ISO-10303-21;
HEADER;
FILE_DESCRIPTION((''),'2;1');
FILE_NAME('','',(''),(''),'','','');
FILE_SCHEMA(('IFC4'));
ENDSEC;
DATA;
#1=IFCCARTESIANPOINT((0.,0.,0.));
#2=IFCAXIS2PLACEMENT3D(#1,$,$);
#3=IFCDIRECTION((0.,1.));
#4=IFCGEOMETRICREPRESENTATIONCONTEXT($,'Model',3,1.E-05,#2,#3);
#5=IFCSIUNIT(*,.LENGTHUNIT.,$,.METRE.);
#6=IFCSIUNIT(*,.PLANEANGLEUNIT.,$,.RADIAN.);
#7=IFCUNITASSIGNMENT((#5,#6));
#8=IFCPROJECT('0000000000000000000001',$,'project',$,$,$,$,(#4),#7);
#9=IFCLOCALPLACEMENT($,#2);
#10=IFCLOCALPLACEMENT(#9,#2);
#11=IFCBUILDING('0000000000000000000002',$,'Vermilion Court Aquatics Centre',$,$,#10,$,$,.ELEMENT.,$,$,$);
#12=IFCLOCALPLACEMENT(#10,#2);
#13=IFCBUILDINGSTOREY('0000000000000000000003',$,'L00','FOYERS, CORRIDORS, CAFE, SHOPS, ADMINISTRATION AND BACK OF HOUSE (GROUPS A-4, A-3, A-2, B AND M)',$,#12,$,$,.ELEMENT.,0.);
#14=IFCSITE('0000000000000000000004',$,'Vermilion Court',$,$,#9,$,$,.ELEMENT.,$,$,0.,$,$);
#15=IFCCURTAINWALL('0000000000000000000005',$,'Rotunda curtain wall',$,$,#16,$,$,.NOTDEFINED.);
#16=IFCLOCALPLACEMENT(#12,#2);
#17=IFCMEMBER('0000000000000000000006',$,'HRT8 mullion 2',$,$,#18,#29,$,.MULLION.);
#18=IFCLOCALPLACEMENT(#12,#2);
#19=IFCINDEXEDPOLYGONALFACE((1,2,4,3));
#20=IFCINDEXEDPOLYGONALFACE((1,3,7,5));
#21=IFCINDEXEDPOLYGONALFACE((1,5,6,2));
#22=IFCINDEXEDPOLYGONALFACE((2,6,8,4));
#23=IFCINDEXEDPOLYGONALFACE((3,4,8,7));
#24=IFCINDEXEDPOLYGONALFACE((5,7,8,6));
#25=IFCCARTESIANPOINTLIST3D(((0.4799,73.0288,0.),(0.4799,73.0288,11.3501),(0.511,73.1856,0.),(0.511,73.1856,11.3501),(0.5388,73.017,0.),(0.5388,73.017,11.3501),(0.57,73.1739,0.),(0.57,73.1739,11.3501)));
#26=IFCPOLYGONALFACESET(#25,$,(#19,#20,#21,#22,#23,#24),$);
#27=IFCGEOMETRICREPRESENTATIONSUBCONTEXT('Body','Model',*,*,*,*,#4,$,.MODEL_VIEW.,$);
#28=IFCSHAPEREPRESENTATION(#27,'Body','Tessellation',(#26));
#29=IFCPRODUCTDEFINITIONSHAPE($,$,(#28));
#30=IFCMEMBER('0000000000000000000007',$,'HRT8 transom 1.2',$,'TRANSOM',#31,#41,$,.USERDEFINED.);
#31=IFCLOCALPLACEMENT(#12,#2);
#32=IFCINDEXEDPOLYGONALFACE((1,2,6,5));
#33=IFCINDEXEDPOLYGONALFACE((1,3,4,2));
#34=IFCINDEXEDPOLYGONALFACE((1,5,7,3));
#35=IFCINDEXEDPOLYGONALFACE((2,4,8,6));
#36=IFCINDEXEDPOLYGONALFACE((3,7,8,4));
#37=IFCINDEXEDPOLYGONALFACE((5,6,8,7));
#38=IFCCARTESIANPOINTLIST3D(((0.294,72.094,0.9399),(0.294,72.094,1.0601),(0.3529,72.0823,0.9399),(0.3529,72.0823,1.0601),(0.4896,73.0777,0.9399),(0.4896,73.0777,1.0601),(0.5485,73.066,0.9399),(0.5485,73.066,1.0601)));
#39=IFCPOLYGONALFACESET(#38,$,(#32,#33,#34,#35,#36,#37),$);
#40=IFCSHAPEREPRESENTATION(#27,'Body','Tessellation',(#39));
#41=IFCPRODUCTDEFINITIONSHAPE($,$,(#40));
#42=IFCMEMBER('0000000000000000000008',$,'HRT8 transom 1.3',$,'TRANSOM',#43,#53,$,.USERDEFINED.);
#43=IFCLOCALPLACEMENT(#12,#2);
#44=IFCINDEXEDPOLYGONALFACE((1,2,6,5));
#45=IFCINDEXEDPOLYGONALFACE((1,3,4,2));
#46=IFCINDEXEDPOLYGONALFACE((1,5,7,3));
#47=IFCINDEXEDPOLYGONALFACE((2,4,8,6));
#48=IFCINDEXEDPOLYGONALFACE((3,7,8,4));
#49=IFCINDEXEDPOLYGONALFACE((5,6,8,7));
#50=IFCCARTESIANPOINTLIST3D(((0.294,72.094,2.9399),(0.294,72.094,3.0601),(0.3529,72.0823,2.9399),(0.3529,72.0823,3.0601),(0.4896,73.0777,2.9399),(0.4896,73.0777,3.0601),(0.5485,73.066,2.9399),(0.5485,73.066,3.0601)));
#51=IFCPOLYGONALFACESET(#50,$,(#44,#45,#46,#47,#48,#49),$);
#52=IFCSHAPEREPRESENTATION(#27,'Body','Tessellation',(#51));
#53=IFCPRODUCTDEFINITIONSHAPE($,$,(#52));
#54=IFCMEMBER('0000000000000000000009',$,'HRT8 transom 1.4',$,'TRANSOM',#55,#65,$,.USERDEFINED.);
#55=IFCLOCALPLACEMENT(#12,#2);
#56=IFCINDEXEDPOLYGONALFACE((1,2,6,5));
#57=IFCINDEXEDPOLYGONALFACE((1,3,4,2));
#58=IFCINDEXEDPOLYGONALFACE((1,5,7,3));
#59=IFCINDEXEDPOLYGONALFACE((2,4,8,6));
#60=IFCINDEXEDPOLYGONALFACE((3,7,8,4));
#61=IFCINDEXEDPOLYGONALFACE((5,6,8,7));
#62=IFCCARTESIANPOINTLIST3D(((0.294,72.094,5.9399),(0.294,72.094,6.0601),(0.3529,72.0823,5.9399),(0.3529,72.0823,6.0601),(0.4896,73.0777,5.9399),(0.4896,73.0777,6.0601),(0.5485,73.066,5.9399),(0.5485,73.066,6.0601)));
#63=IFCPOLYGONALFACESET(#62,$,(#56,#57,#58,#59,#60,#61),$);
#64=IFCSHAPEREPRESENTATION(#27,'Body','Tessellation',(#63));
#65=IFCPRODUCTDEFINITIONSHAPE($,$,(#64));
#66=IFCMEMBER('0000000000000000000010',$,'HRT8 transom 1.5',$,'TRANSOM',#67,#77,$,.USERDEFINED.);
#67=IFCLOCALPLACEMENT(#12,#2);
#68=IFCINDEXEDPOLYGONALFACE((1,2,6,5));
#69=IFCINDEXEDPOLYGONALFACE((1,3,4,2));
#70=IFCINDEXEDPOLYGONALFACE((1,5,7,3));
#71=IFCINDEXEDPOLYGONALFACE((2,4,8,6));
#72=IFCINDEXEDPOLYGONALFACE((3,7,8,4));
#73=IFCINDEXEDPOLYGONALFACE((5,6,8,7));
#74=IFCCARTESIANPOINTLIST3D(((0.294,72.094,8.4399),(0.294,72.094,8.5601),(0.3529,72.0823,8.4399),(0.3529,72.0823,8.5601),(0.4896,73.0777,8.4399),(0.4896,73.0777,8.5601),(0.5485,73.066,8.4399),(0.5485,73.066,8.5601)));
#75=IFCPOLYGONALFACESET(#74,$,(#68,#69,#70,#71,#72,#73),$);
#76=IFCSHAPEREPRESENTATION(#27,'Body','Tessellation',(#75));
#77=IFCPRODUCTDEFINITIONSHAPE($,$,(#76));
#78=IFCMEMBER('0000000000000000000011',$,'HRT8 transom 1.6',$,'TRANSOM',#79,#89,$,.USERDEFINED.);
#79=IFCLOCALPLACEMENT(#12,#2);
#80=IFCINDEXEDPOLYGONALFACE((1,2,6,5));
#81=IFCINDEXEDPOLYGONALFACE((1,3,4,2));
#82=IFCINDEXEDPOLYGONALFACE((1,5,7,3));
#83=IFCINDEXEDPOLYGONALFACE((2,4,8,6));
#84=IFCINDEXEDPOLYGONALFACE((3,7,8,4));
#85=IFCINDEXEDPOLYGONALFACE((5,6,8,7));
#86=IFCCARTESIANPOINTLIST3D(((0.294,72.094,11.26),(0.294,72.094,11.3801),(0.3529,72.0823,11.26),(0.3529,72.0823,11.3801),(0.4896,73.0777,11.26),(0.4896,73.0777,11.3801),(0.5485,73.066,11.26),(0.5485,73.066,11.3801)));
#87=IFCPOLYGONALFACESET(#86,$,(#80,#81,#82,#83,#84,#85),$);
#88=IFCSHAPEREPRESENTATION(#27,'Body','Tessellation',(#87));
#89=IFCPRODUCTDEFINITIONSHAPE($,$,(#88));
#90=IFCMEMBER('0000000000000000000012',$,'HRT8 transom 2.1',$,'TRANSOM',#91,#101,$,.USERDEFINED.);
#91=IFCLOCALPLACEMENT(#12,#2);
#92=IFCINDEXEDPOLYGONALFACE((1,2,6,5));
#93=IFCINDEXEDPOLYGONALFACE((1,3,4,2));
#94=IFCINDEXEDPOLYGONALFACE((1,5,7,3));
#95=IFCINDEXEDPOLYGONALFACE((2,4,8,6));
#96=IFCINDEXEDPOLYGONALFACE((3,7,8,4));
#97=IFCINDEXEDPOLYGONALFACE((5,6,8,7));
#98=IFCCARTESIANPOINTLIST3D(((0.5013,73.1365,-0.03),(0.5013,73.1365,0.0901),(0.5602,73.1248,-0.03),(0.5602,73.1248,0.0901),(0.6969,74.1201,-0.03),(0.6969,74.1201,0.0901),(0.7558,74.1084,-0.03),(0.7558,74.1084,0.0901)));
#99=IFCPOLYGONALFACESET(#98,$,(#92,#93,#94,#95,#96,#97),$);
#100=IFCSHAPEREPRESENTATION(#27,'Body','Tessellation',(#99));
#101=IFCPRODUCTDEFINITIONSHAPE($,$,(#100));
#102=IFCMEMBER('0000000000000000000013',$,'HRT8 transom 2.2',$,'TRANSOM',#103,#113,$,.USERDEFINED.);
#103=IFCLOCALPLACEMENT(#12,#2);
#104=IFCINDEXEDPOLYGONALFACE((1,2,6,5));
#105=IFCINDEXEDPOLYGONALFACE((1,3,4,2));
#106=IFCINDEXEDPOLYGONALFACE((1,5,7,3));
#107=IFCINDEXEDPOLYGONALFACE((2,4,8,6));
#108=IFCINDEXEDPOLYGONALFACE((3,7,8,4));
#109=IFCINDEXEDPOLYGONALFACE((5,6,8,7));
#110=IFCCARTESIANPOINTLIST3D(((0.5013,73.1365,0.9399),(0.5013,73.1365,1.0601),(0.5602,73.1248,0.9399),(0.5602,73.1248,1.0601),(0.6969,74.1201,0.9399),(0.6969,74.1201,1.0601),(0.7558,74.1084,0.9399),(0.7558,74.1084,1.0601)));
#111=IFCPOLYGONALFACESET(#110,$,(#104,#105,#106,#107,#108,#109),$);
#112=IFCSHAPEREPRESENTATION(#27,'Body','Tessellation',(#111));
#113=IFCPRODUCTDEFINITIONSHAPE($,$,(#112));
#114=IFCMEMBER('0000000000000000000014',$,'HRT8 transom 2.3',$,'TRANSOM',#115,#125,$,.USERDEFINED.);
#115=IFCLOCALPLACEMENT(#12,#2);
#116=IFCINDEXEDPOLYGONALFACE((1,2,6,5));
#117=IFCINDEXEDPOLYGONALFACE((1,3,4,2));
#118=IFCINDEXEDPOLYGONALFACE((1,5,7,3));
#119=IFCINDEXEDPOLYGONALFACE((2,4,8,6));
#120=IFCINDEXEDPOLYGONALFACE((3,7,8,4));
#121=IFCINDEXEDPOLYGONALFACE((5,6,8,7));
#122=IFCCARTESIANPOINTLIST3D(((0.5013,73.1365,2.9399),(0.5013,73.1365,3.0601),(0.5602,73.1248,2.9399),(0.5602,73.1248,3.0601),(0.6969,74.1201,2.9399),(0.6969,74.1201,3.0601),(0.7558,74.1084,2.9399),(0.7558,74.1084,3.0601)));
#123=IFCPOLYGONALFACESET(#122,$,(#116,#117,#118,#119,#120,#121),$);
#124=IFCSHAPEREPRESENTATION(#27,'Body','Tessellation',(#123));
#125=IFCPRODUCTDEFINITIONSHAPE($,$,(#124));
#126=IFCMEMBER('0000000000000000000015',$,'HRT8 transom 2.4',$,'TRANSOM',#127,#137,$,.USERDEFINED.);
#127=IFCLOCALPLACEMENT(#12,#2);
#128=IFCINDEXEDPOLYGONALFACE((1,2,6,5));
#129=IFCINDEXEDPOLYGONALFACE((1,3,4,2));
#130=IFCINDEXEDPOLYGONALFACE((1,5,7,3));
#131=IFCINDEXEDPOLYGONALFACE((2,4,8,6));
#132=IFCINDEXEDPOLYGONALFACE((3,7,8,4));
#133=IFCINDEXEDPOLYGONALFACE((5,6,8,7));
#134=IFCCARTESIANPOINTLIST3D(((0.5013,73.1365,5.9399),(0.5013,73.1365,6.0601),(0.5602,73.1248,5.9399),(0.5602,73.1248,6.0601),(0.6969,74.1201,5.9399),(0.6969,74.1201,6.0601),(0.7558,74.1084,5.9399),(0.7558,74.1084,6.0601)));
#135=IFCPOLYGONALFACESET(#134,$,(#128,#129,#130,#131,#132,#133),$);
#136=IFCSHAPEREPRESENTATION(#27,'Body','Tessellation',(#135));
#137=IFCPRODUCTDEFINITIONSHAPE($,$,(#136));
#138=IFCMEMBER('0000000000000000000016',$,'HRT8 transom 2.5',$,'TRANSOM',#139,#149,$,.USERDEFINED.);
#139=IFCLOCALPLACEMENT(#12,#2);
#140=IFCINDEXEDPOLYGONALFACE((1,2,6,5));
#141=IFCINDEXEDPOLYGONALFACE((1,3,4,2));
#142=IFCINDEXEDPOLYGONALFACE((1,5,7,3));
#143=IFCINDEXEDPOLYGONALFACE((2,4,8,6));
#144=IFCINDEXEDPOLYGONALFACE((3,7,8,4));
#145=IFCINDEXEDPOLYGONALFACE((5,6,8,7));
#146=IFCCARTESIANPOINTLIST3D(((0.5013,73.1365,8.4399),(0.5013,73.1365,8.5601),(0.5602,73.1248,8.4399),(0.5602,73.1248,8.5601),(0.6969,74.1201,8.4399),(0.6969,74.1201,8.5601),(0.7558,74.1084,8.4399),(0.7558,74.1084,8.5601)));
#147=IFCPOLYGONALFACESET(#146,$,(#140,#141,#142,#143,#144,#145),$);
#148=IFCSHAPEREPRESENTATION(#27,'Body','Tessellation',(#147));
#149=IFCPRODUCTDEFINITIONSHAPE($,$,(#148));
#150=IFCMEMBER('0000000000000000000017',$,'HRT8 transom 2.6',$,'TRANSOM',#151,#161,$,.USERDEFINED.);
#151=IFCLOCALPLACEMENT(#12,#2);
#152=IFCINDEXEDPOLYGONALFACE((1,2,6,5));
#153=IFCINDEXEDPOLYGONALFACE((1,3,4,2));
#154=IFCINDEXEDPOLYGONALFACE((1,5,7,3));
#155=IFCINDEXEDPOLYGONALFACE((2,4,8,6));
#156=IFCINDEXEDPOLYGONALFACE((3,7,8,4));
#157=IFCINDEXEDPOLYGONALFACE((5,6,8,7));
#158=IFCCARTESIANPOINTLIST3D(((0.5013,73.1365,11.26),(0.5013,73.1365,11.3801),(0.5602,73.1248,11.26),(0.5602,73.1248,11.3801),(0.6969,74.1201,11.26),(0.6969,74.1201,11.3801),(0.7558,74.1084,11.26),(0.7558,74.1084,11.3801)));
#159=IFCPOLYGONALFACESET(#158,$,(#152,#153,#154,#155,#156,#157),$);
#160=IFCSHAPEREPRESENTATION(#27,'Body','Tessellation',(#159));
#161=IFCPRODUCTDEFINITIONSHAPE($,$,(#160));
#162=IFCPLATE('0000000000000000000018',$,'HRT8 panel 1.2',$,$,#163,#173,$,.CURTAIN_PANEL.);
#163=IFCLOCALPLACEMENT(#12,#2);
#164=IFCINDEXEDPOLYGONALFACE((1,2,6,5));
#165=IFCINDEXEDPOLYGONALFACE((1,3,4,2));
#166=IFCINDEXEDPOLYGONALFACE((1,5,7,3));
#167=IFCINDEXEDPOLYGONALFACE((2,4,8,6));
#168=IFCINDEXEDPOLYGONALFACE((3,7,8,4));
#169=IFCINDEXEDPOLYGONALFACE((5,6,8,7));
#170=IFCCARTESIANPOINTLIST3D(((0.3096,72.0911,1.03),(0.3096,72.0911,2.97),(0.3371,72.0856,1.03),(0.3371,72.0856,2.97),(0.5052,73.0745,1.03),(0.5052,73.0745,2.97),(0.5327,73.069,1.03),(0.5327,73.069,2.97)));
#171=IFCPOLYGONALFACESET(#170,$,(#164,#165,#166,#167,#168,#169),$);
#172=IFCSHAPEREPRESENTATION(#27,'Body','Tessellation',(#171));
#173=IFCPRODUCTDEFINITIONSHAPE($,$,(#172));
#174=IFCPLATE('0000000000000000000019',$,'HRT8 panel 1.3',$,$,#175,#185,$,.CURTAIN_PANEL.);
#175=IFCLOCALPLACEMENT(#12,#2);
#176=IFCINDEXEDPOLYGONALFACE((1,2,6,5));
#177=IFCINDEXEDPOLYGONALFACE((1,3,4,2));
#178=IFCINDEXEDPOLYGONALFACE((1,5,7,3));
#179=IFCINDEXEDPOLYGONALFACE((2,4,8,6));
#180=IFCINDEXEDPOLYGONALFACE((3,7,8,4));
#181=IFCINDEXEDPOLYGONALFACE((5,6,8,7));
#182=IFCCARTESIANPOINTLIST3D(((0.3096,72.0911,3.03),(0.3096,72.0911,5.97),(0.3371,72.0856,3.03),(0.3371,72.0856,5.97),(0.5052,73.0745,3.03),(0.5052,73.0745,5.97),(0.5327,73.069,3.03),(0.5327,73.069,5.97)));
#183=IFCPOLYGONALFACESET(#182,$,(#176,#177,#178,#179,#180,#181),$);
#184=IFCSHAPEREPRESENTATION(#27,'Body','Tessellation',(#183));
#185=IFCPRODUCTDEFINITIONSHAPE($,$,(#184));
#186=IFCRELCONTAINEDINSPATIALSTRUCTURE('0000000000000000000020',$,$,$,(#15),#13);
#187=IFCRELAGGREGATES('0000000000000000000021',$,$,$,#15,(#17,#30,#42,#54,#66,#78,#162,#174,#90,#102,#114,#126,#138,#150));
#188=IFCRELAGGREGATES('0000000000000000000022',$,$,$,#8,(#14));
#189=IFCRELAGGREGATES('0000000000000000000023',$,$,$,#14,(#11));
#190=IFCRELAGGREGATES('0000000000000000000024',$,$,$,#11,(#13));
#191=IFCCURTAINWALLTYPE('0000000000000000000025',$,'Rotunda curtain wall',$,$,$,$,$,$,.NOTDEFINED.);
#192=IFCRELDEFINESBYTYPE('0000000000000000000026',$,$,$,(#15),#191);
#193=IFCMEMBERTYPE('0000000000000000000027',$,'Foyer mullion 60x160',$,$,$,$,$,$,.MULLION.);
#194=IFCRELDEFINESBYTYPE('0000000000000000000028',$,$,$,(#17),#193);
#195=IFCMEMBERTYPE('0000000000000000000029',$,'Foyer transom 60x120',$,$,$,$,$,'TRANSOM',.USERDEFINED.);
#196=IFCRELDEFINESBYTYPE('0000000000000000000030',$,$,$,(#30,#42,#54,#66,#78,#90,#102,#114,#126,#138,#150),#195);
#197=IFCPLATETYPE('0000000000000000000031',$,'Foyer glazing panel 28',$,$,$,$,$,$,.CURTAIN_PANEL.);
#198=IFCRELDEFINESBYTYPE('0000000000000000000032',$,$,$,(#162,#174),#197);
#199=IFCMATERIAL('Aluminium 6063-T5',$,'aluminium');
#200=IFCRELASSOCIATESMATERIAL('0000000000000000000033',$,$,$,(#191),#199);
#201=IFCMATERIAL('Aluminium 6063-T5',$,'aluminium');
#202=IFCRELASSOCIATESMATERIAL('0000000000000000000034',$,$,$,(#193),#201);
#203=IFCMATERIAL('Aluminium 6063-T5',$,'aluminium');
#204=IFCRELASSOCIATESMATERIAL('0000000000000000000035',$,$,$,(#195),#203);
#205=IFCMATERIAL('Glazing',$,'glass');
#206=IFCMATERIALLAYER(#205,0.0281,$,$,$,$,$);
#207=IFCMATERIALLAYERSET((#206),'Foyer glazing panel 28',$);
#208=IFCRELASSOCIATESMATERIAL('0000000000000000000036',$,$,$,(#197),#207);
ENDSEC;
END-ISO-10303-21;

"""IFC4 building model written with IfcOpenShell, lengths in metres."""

from ifc_helpers import new_model, si_unit, direction, frame, origin, origin_2d, place, context, subcontext, project, spatial, rectangle, extrude, material, layer, layer_set, material_profile, profile_set, type_object, element, aggregate, save


model = new_model("IFC4")

# Units and contexts
model_context = context("Model", 3, precision=1e-05, world=origin(), true_north=direction((0.0, 1.0)))
body_context = subcontext(model_context, "Body", "Model", "MODEL_VIEW")
ifc_project = project(units=[si_unit("LENGTHUNIT", "METRE"), si_unit("PLANEANGLEUNIT", "RADIAN")], contexts=[model_context])

# Site, building, storey
site_placement = place(None, origin())
site = spatial("IfcSite", under=ifc_project, at=site_placement, Name="Vermilion Court", CompositionType="ELEMENT", RefElevation=0.0)
building_placement = place(site_placement, origin())
building = spatial("IfcBuilding", under=site, at=building_placement, Name="Vermilion Court Aquatics Centre", CompositionType="ELEMENT")
storey_placement = place(building_placement, origin())
storey = spatial("IfcBuildingStorey", under=building, at=storey_placement, Name="L00", Description="FOYERS, CORRIDORS, CAFE, SHOPS, ADMINISTRATION AND BACK OF HOUSE (GROUPS A-4, A-3, A-2, B AND M)", CompositionType="ELEMENT", Elevation=0.0)

# Curtain wall, members, plates
ifc_material_1 = material(Name="Aluminium 6063-T5", Category="aluminium")
curtain_wall_type = type_object("IfcCurtainWallType", Name="Rotunda curtain wall", PredefinedType="NOTDEFINED", material=ifc_material_1)
curtain_wall_placement = place(storey_placement, origin())
curtain_wall = element("IfcCurtainWall", 1, at=curtain_wall_placement, inside=storey, type_object=curtain_wall_type, Name="Rotunda curtain wall", PredefinedType="NOTDEFINED")
ifc_material_2 = material(Name="Aluminium 6063-T5", Category="aluminium")
ifc_material_profile_1 = material_profile(ifc_material_2, rectangle(XDim=0.0601, YDim=0.1599, at=origin_2d()), Name="Aluminium 60x160")
ifc_profile_set_1 = profile_set([ifc_material_profile_1], Name="Aluminium 6063-T5")
member_type_1 = type_object("IfcMemberType", Name="Foyer mullion 60x160", PredefinedType="MULLION", material=ifc_profile_set_1)
member_1_placement = place(storey_placement, frame((0.5249, 73.1013, 0.0), z_axis=(0.0, 0.0, 1.0), x_axis=(-0.980784, 0.195095, 0.0)))
member_1 = element("IfcMember", 2, at=member_1_placement, type_object=member_type_1, Name="HRT8 mullion 2", PredefinedType="MULLION", context=body_context, shape_type="SweptSolid", body=[
    extrude(rectangle(XDim=0.0601, YDim=0.1599, at=origin_2d()), origin(), (0.0, 0.0, 1.0), 11.3501),
])
ifc_material_3 = material(Name="Aluminium 6063-T5", Category="aluminium")
ifc_material_profile_2 = material_profile(ifc_material_3, rectangle(XDim=0.0601, YDim=0.1201, at=origin_2d()), Name="Aluminium 60x120")
ifc_profile_set_2 = profile_set([ifc_material_profile_2], Name="Aluminium 6063-T5")
member_type_2 = type_object("IfcMemberType", Name="Foyer transom 60x120", ElementType="TRANSOM", PredefinedType="USERDEFINED", material=ifc_profile_set_2)
member_2_placement = place(storey_placement, frame((0.3235, 72.0881, 1.0), z_axis=(0.194992, 0.980805, 0.0), x_axis=(-0.980805, 0.194992, 0.0)))
member_2 = element("IfcMember", 3, at=member_2_placement, type_object=member_type_2, Name="HRT8 transom 1.2", ObjectType="TRANSOM", PredefinedType="USERDEFINED", context=body_context, shape_type="SweptSolid", body=[
    extrude(rectangle(XDim=0.0601, YDim=0.1201, at=origin_2d()), origin(), (0.0, 0.0, 1.0), 1.0029),
])
member_3_placement = place(storey_placement, frame((0.3235, 72.0881, 3.0), z_axis=(0.194992, 0.980805, 0.0), x_axis=(-0.980805, 0.194992, 0.0)))
member_3 = element("IfcMember", 4, at=member_3_placement, type_object=member_type_2, Name="HRT8 transom 1.3", ObjectType="TRANSOM", PredefinedType="USERDEFINED", context=body_context, shape_type="SweptSolid", body=[
    extrude(rectangle(XDim=0.0601, YDim=0.1201, at=origin_2d()), origin(), (0.0, 0.0, 1.0), 1.0029),
])
member_4_placement = place(storey_placement, frame((0.3235, 72.0881, 6.0), z_axis=(0.194992, 0.980805, 0.0), x_axis=(-0.980805, 0.194992, 0.0)))
member_4 = element("IfcMember", 5, at=member_4_placement, type_object=member_type_2, Name="HRT8 transom 1.4", ObjectType="TRANSOM", PredefinedType="USERDEFINED", context=body_context, shape_type="SweptSolid", body=[
    extrude(rectangle(XDim=0.0601, YDim=0.1201, at=origin_2d()), origin(), (0.0, 0.0, 1.0), 1.0029),
])
member_5_placement = place(storey_placement, frame((0.3235, 72.0881, 8.5), z_axis=(0.194992, 0.980805, 0.0), x_axis=(-0.980805, 0.194992, 0.0)))
member_5 = element("IfcMember", 6, at=member_5_placement, type_object=member_type_2, Name="HRT8 transom 1.5", ObjectType="TRANSOM", PredefinedType="USERDEFINED", context=body_context, shape_type="SweptSolid", body=[
    extrude(rectangle(XDim=0.0601, YDim=0.1201, at=origin_2d()), origin(), (0.0, 0.0, 1.0), 1.0029),
])
member_6_placement = place(storey_placement, frame((0.3235, 72.0881, 11.3201), z_axis=(0.194992, 0.980805, 0.0), x_axis=(-0.980805, 0.194992, 0.0)))
member_6 = element("IfcMember", 7, at=member_6_placement, type_object=member_type_2, Name="HRT8 transom 1.6", ObjectType="TRANSOM", PredefinedType="USERDEFINED", context=body_context, shape_type="SweptSolid", body=[
    extrude(rectangle(XDim=0.0601, YDim=0.1201, at=origin_2d()), origin(), (0.0, 0.0, 1.0), 1.0029),
])
member_7_placement = place(storey_placement, frame((0.5308, 73.1306, 0.03), z_axis=(0.194992, 0.980805, 0.0), x_axis=(-0.980805, 0.194992, 0.0)))
member_7 = element("IfcMember", 8, at=member_7_placement, type_object=member_type_2, Name="HRT8 transom 2.1", ObjectType="TRANSOM", PredefinedType="USERDEFINED", context=body_context, shape_type="SweptSolid", body=[
    extrude(rectangle(XDim=0.0601, YDim=0.1201, at=origin_2d()), origin(), (0.0, 0.0, 1.0), 1.0029),
])
member_8_placement = place(storey_placement, frame((0.5308, 73.1306, 1.0), z_axis=(0.194992, 0.980805, 0.0), x_axis=(-0.980805, 0.194992, 0.0)))
member_8 = element("IfcMember", 9, at=member_8_placement, type_object=member_type_2, Name="HRT8 transom 2.2", ObjectType="TRANSOM", PredefinedType="USERDEFINED", context=body_context, shape_type="SweptSolid", body=[
    extrude(rectangle(XDim=0.0601, YDim=0.1201, at=origin_2d()), origin(), (0.0, 0.0, 1.0), 1.0029),
])
member_9_placement = place(storey_placement, frame((0.5308, 73.1306, 3.0), z_axis=(0.194992, 0.980805, 0.0), x_axis=(-0.980805, 0.194992, 0.0)))
member_9 = element("IfcMember", 10, at=member_9_placement, type_object=member_type_2, Name="HRT8 transom 2.3", ObjectType="TRANSOM", PredefinedType="USERDEFINED", context=body_context, shape_type="SweptSolid", body=[
    extrude(rectangle(XDim=0.0601, YDim=0.1201, at=origin_2d()), origin(), (0.0, 0.0, 1.0), 1.0029),
])
member_10_placement = place(storey_placement, frame((0.5308, 73.1306, 6.0), z_axis=(0.194992, 0.980805, 0.0), x_axis=(-0.980805, 0.194992, 0.0)))
member_10 = element("IfcMember", 11, at=member_10_placement, type_object=member_type_2, Name="HRT8 transom 2.4", ObjectType="TRANSOM", PredefinedType="USERDEFINED", context=body_context, shape_type="SweptSolid", body=[
    extrude(rectangle(XDim=0.0601, YDim=0.1201, at=origin_2d()), origin(), (0.0, 0.0, 1.0), 1.0029),
])
member_11_placement = place(storey_placement, frame((0.5308, 73.1306, 8.5), z_axis=(0.194992, 0.980805, 0.0), x_axis=(-0.980805, 0.194992, 0.0)))
member_11 = element("IfcMember", 12, at=member_11_placement, type_object=member_type_2, Name="HRT8 transom 2.5", ObjectType="TRANSOM", PredefinedType="USERDEFINED", context=body_context, shape_type="SweptSolid", body=[
    extrude(rectangle(XDim=0.0601, YDim=0.1201, at=origin_2d()), origin(), (0.0, 0.0, 1.0), 1.0029),
])
member_12_placement = place(storey_placement, frame((0.5308, 73.1306, 11.3201), z_axis=(0.194992, 0.980805, 0.0), x_axis=(-0.980805, 0.194992, 0.0)))
member_12 = element("IfcMember", 13, at=member_12_placement, type_object=member_type_2, Name="HRT8 transom 2.6", ObjectType="TRANSOM", PredefinedType="USERDEFINED", context=body_context, shape_type="SweptSolid", body=[
    extrude(rectangle(XDim=0.0601, YDim=0.1201, at=origin_2d()), origin(), (0.0, 0.0, 1.0), 1.0029),
])
ifc_material_4 = material(Name="Glazing", Category="glass")
ifc_layer_1 = layer(ifc_material_4, 0.0281)
ifc_layer_set_1 = layer_set([ifc_layer_1], Name="Foyer glazing panel 28")
plate_type_1 = type_object("IfcPlateType", Name="Foyer glazing panel 28", PredefinedType="CURTAIN_PANEL", material=ifc_layer_set_1)
plate_1_placement = place(storey_placement, frame((0.4211, 72.5801, 1.03), z_axis=(0.0, 0.0, 1.0), x_axis=(0.195095, 0.980784, 0.0)))
plate_1 = element("IfcPlate", 14, at=plate_1_placement, type_object=plate_type_1, Name="HRT8 panel 1.2", PredefinedType="CURTAIN_PANEL", context=body_context, shape_type="SweptSolid", body=[
    extrude(rectangle(XDim=1.0027, YDim=0.0281, at=origin_2d()), origin(), (0.0, 0.0, 1.0), 1.9399),
])
plate_2_placement = place(storey_placement, frame((0.4211, 72.5801, 3.03), z_axis=(0.0, 0.0, 1.0), x_axis=(0.195095, 0.980784, 0.0)))
plate_2 = element("IfcPlate", 15, at=plate_2_placement, type_object=plate_type_1, Name="HRT8 panel 1.3", PredefinedType="CURTAIN_PANEL", context=body_context, shape_type="SweptSolid", body=[
    extrude(rectangle(XDim=1.0027, YDim=0.0281, at=origin_2d()), origin(), (0.0, 0.0, 1.0), 2.9399),
])
aggregate(curtain_wall, [member_1, member_2, member_3, member_4, member_5, member_6, plate_1, plate_2, member_7, member_8, member_9, member_10, member_11, member_12])

save(model, "model.ifc")
